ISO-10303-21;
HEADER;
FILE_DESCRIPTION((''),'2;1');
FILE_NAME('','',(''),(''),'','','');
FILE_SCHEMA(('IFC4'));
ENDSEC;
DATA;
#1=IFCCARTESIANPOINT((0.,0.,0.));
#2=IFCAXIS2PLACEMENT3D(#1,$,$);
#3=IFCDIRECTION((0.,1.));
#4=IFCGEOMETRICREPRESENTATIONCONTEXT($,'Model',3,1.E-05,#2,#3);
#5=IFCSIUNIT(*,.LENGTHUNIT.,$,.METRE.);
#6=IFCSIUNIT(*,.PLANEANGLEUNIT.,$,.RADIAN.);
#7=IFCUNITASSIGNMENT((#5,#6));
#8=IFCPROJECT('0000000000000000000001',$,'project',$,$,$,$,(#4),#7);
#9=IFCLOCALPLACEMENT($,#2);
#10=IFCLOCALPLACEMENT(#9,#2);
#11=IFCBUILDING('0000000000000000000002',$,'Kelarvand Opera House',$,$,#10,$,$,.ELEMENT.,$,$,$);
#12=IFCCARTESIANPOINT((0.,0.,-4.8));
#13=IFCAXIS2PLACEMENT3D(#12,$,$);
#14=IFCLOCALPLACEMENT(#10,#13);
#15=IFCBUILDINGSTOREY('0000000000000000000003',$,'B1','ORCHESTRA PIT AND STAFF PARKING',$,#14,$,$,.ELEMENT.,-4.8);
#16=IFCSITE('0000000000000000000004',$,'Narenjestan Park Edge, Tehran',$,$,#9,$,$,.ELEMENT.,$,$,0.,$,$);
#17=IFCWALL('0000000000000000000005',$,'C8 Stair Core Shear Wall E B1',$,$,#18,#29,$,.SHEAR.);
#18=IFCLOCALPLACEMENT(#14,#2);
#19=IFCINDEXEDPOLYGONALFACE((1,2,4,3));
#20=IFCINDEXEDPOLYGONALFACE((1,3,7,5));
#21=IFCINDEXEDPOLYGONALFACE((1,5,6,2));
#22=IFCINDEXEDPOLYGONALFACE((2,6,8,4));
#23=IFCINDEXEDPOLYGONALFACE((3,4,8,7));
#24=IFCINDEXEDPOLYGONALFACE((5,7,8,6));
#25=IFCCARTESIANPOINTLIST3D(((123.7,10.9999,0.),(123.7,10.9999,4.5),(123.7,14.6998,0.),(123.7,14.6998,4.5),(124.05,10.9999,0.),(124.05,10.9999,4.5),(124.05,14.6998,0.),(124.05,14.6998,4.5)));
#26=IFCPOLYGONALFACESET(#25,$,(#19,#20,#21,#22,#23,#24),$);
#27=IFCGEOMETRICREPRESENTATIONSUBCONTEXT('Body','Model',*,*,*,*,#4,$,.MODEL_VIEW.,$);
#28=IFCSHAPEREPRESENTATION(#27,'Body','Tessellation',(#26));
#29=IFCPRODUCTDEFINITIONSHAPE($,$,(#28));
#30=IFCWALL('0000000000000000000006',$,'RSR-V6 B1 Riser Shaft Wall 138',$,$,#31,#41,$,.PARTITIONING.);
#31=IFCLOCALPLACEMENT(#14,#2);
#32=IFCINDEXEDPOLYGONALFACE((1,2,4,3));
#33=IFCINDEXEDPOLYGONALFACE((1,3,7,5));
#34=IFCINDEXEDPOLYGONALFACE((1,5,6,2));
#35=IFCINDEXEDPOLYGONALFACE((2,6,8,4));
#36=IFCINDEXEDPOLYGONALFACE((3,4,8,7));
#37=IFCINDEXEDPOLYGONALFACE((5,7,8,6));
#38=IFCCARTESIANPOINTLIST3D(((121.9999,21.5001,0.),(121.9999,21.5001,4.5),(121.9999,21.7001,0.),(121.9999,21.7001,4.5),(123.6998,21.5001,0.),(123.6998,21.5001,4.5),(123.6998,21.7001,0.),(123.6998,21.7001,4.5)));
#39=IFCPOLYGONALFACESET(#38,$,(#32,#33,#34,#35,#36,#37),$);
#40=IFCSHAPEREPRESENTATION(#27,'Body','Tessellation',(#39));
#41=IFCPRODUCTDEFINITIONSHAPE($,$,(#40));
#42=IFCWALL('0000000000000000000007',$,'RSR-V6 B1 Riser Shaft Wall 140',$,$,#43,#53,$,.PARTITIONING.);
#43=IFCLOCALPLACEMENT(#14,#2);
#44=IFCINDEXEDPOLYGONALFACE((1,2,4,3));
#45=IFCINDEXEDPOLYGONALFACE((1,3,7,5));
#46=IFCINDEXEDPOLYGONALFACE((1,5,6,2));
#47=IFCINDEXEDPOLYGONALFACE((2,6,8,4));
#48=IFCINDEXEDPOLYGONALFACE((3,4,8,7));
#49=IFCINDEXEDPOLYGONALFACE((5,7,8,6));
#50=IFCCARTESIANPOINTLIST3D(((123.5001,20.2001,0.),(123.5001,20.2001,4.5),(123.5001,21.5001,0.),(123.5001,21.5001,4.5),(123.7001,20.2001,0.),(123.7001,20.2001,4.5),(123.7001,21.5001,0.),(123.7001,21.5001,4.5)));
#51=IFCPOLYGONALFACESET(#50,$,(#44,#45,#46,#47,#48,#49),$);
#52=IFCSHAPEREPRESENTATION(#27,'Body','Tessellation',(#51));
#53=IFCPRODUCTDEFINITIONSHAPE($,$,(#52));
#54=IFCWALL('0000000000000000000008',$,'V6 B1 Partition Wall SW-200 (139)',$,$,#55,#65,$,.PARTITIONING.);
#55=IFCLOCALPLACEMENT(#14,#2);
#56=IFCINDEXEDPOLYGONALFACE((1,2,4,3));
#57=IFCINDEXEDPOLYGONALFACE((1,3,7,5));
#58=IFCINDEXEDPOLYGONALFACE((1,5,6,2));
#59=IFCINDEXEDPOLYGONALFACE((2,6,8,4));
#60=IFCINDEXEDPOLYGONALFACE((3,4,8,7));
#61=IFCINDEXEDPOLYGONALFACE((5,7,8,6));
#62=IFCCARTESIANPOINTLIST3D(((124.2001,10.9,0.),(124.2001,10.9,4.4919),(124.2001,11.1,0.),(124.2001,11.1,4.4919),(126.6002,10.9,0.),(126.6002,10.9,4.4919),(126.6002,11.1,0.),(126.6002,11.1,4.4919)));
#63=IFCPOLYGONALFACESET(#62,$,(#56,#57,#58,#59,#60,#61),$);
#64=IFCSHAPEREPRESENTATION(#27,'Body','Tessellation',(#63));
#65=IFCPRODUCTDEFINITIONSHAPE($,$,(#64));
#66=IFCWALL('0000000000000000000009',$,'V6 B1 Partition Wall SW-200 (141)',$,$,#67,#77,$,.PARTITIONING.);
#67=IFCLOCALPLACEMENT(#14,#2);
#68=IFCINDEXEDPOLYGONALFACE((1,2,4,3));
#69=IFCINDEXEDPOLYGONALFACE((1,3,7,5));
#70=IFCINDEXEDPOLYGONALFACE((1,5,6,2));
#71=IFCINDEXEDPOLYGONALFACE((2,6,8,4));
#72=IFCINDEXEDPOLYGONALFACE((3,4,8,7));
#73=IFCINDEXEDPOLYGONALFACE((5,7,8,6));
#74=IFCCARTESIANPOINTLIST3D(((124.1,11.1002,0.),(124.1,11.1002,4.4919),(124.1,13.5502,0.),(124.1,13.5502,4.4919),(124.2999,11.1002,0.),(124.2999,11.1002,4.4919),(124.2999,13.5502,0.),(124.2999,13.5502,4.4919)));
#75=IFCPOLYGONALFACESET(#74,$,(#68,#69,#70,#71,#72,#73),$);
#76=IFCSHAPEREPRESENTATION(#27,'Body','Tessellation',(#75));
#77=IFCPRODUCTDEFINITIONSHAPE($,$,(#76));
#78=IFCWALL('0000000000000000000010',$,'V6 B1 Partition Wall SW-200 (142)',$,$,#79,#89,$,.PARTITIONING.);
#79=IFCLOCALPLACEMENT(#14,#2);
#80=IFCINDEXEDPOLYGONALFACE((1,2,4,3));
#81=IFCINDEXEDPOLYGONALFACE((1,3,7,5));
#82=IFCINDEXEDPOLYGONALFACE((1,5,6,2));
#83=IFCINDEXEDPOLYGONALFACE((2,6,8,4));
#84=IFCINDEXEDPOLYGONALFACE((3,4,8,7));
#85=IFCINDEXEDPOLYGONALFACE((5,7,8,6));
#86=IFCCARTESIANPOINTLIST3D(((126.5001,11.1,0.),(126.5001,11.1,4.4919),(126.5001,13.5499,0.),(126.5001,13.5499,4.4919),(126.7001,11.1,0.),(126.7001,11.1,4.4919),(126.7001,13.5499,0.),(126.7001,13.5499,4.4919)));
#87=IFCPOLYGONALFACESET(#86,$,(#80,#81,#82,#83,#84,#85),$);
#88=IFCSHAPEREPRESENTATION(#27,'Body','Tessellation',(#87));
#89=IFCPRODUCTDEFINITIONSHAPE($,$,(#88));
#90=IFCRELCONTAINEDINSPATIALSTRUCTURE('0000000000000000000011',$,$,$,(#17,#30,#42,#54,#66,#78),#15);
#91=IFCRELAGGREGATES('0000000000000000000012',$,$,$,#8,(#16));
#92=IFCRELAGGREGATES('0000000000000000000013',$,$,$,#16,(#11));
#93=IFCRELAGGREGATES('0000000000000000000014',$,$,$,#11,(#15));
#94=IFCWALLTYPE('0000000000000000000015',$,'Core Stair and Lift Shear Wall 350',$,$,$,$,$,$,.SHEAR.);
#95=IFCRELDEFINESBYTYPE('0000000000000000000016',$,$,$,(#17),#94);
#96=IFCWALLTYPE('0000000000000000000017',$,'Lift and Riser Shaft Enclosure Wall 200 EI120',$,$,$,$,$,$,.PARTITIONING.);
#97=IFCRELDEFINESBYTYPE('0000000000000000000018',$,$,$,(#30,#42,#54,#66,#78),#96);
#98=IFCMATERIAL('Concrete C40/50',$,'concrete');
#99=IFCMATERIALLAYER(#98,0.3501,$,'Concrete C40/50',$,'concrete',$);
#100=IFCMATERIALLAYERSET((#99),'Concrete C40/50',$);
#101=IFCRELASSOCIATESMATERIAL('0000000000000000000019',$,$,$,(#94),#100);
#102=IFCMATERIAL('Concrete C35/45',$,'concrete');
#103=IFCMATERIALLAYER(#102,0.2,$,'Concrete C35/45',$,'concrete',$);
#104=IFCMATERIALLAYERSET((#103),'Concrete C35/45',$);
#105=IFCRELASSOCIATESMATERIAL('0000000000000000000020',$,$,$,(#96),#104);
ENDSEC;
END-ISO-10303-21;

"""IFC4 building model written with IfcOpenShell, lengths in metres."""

from ifc_helpers import new_model, si_unit, direction, frame, frame_2d, origin, place, context, subcontext, project, spatial, rectangle, extrude, material, layer, layer_set, type_object, element, save


model = new_model("IFC4")

# Units and contexts
model_context = context("Model", 3, precision=1e-05, world=origin(), true_north=direction((0.0, 1.0)))
body_context = subcontext(model_context, "Body", "Model", "MODEL_VIEW")
ifc_project = project(units=[si_unit("LENGTHUNIT", "METRE"), si_unit("PLANEANGLEUNIT", "RADIAN")], contexts=[model_context])

# Site, building, storey
site_placement = place(None, origin())
site = spatial("IfcSite", under=ifc_project, at=site_placement, Name="Narenjestan Park Edge, Tehran", CompositionType="ELEMENT", RefElevation=0.0)
building_placement = place(site_placement, origin())
building = spatial("IfcBuilding", under=site, at=building_placement, Name="Kelarvand Opera House", CompositionType="ELEMENT")
storey_placement = place(building_placement, frame((0.0, 0.0, -4.8)))
storey = spatial("IfcBuildingStorey", under=building, at=storey_placement, Name="B1", Description="ORCHESTRA PIT AND STAFF PARKING", CompositionType="ELEMENT", Elevation=-4.8)

# Shared definitions
ifc_material_1 = material(Name="Concrete C40/50", Category="concrete")

# Shared definitions
ifc_material_2 = material(Name="Concrete C35/45", Category="concrete")

# Walls
ifc_layer_1 = layer(ifc_material_1, 0.3501, Name="Concrete C40/50", Category="concrete")
ifc_layer_set_1 = layer_set([ifc_layer_1], Name="Concrete C40/50")
wall_type_1 = type_object("IfcWallType", Name="Core Stair and Lift Shear Wall 350", PredefinedType="SHEAR", material=ifc_layer_set_1)
wall_1_placement = place(storey_placement, frame((123.875, 14.7, 0.0), z_axis=(0.0, 0.0, 1.0), x_axis=(0.0, -1.0, 0.0)))
element("IfcWall", 1, at=wall_1_placement, inside=storey, type_object=wall_type_1, Name="C8 Stair Core Shear Wall E B1", PredefinedType="SHEAR", context=body_context, shape_type="SweptSolid", body=[
    extrude(rectangle(XDim=3.7, YDim=0.3501, at=frame_2d((1.8501, 0.0))), origin(), (0.0, 0.0, 1.0), 4.5),
])
ifc_layer_2 = layer(ifc_material_2, 0.2, Name="Concrete C35/45", Category="concrete")
ifc_layer_set_2 = layer_set([ifc_layer_2], Name="Concrete C35/45")
wall_type_2 = type_object("IfcWallType", Name="Lift and Riser Shaft Enclosure Wall 200 EI120", PredefinedType="PARTITIONING", material=ifc_layer_set_2)
wall_2_placement = place(storey_placement, frame((123.7, 21.6001, 0.0), z_axis=(0.0, 0.0, 1.0), x_axis=(-1.0, 0.0, 0.0)))
element("IfcWall", 2, at=wall_2_placement, inside=storey, type_object=wall_type_2, Name="RSR-V6 B1 Riser Shaft Wall 138", PredefinedType="PARTITIONING", context=body_context, shape_type="SweptSolid", body=[
    extrude(rectangle(XDim=1.7, YDim=0.2, at=frame_2d((0.8501, 0.0))), origin(), (0.0, 0.0, 1.0), 4.5),
])
wall_3_placement = place(storey_placement, frame((123.6001, 21.5, 0.0), z_axis=(0.0, 0.0, 1.0), x_axis=(0.0, -1.0, 0.0)))
element("IfcWall", 3, at=wall_3_placement, inside=storey, type_object=wall_type_2, Name="RSR-V6 B1 Riser Shaft Wall 140", PredefinedType="PARTITIONING", context=body_context, shape_type="SweptSolid", body=[
    extrude(rectangle(XDim=1.3, YDim=0.2, at=frame_2d((0.6499, 0.0))), origin(), (0.0, 0.0, 1.0), 4.5),
])
wall_4_placement = place(storey_placement, frame((124.2, 11.0, 0.0), z_axis=(0.0, 0.0, 1.0), x_axis=(1.0, 0.0, 0.0)))
element("IfcWall", 4, at=wall_4_placement, inside=storey, type_object=wall_type_2, Name="V6 B1 Partition Wall SW-200 (139)", PredefinedType="PARTITIONING", context=body_context, shape_type="SweptSolid", body=[
    extrude(rectangle(XDim=2.4001, YDim=0.2, at=frame_2d((1.2002, 0.0))), origin(), (0.0, 0.0, 1.0), 4.4919),
])

# Walls
for number, where, z_axis, x_axis, name in (
    (5, (124.2, 11.1001, 0.0), (0.0, 0.0, 1.0), (0.0, 1.0, 0.0), "V6 B1 Partition Wall SW-200 (141)"),
    (6, (126.6001, 13.55, 0.0), (0.0, 0.0, 1.0), (0.0, -1.0, 0.0), "V6 B1 Partition Wall SW-200 (142)"),
):
    element("IfcWall", number, at=place(storey_placement, frame(where, z_axis=z_axis, x_axis=x_axis)), inside=storey, type_object=wall_type_2, Name=name, PredefinedType="PARTITIONING", context=body_context, shape_type="SweptSolid", body=[
        extrude(rectangle(XDim=2.45, YDim=0.2, at=frame_2d((1.2251, 0.0))), origin(), (0.0, 0.0, 1.0), 4.4919),
    ])

save(model, "model.ifc")
